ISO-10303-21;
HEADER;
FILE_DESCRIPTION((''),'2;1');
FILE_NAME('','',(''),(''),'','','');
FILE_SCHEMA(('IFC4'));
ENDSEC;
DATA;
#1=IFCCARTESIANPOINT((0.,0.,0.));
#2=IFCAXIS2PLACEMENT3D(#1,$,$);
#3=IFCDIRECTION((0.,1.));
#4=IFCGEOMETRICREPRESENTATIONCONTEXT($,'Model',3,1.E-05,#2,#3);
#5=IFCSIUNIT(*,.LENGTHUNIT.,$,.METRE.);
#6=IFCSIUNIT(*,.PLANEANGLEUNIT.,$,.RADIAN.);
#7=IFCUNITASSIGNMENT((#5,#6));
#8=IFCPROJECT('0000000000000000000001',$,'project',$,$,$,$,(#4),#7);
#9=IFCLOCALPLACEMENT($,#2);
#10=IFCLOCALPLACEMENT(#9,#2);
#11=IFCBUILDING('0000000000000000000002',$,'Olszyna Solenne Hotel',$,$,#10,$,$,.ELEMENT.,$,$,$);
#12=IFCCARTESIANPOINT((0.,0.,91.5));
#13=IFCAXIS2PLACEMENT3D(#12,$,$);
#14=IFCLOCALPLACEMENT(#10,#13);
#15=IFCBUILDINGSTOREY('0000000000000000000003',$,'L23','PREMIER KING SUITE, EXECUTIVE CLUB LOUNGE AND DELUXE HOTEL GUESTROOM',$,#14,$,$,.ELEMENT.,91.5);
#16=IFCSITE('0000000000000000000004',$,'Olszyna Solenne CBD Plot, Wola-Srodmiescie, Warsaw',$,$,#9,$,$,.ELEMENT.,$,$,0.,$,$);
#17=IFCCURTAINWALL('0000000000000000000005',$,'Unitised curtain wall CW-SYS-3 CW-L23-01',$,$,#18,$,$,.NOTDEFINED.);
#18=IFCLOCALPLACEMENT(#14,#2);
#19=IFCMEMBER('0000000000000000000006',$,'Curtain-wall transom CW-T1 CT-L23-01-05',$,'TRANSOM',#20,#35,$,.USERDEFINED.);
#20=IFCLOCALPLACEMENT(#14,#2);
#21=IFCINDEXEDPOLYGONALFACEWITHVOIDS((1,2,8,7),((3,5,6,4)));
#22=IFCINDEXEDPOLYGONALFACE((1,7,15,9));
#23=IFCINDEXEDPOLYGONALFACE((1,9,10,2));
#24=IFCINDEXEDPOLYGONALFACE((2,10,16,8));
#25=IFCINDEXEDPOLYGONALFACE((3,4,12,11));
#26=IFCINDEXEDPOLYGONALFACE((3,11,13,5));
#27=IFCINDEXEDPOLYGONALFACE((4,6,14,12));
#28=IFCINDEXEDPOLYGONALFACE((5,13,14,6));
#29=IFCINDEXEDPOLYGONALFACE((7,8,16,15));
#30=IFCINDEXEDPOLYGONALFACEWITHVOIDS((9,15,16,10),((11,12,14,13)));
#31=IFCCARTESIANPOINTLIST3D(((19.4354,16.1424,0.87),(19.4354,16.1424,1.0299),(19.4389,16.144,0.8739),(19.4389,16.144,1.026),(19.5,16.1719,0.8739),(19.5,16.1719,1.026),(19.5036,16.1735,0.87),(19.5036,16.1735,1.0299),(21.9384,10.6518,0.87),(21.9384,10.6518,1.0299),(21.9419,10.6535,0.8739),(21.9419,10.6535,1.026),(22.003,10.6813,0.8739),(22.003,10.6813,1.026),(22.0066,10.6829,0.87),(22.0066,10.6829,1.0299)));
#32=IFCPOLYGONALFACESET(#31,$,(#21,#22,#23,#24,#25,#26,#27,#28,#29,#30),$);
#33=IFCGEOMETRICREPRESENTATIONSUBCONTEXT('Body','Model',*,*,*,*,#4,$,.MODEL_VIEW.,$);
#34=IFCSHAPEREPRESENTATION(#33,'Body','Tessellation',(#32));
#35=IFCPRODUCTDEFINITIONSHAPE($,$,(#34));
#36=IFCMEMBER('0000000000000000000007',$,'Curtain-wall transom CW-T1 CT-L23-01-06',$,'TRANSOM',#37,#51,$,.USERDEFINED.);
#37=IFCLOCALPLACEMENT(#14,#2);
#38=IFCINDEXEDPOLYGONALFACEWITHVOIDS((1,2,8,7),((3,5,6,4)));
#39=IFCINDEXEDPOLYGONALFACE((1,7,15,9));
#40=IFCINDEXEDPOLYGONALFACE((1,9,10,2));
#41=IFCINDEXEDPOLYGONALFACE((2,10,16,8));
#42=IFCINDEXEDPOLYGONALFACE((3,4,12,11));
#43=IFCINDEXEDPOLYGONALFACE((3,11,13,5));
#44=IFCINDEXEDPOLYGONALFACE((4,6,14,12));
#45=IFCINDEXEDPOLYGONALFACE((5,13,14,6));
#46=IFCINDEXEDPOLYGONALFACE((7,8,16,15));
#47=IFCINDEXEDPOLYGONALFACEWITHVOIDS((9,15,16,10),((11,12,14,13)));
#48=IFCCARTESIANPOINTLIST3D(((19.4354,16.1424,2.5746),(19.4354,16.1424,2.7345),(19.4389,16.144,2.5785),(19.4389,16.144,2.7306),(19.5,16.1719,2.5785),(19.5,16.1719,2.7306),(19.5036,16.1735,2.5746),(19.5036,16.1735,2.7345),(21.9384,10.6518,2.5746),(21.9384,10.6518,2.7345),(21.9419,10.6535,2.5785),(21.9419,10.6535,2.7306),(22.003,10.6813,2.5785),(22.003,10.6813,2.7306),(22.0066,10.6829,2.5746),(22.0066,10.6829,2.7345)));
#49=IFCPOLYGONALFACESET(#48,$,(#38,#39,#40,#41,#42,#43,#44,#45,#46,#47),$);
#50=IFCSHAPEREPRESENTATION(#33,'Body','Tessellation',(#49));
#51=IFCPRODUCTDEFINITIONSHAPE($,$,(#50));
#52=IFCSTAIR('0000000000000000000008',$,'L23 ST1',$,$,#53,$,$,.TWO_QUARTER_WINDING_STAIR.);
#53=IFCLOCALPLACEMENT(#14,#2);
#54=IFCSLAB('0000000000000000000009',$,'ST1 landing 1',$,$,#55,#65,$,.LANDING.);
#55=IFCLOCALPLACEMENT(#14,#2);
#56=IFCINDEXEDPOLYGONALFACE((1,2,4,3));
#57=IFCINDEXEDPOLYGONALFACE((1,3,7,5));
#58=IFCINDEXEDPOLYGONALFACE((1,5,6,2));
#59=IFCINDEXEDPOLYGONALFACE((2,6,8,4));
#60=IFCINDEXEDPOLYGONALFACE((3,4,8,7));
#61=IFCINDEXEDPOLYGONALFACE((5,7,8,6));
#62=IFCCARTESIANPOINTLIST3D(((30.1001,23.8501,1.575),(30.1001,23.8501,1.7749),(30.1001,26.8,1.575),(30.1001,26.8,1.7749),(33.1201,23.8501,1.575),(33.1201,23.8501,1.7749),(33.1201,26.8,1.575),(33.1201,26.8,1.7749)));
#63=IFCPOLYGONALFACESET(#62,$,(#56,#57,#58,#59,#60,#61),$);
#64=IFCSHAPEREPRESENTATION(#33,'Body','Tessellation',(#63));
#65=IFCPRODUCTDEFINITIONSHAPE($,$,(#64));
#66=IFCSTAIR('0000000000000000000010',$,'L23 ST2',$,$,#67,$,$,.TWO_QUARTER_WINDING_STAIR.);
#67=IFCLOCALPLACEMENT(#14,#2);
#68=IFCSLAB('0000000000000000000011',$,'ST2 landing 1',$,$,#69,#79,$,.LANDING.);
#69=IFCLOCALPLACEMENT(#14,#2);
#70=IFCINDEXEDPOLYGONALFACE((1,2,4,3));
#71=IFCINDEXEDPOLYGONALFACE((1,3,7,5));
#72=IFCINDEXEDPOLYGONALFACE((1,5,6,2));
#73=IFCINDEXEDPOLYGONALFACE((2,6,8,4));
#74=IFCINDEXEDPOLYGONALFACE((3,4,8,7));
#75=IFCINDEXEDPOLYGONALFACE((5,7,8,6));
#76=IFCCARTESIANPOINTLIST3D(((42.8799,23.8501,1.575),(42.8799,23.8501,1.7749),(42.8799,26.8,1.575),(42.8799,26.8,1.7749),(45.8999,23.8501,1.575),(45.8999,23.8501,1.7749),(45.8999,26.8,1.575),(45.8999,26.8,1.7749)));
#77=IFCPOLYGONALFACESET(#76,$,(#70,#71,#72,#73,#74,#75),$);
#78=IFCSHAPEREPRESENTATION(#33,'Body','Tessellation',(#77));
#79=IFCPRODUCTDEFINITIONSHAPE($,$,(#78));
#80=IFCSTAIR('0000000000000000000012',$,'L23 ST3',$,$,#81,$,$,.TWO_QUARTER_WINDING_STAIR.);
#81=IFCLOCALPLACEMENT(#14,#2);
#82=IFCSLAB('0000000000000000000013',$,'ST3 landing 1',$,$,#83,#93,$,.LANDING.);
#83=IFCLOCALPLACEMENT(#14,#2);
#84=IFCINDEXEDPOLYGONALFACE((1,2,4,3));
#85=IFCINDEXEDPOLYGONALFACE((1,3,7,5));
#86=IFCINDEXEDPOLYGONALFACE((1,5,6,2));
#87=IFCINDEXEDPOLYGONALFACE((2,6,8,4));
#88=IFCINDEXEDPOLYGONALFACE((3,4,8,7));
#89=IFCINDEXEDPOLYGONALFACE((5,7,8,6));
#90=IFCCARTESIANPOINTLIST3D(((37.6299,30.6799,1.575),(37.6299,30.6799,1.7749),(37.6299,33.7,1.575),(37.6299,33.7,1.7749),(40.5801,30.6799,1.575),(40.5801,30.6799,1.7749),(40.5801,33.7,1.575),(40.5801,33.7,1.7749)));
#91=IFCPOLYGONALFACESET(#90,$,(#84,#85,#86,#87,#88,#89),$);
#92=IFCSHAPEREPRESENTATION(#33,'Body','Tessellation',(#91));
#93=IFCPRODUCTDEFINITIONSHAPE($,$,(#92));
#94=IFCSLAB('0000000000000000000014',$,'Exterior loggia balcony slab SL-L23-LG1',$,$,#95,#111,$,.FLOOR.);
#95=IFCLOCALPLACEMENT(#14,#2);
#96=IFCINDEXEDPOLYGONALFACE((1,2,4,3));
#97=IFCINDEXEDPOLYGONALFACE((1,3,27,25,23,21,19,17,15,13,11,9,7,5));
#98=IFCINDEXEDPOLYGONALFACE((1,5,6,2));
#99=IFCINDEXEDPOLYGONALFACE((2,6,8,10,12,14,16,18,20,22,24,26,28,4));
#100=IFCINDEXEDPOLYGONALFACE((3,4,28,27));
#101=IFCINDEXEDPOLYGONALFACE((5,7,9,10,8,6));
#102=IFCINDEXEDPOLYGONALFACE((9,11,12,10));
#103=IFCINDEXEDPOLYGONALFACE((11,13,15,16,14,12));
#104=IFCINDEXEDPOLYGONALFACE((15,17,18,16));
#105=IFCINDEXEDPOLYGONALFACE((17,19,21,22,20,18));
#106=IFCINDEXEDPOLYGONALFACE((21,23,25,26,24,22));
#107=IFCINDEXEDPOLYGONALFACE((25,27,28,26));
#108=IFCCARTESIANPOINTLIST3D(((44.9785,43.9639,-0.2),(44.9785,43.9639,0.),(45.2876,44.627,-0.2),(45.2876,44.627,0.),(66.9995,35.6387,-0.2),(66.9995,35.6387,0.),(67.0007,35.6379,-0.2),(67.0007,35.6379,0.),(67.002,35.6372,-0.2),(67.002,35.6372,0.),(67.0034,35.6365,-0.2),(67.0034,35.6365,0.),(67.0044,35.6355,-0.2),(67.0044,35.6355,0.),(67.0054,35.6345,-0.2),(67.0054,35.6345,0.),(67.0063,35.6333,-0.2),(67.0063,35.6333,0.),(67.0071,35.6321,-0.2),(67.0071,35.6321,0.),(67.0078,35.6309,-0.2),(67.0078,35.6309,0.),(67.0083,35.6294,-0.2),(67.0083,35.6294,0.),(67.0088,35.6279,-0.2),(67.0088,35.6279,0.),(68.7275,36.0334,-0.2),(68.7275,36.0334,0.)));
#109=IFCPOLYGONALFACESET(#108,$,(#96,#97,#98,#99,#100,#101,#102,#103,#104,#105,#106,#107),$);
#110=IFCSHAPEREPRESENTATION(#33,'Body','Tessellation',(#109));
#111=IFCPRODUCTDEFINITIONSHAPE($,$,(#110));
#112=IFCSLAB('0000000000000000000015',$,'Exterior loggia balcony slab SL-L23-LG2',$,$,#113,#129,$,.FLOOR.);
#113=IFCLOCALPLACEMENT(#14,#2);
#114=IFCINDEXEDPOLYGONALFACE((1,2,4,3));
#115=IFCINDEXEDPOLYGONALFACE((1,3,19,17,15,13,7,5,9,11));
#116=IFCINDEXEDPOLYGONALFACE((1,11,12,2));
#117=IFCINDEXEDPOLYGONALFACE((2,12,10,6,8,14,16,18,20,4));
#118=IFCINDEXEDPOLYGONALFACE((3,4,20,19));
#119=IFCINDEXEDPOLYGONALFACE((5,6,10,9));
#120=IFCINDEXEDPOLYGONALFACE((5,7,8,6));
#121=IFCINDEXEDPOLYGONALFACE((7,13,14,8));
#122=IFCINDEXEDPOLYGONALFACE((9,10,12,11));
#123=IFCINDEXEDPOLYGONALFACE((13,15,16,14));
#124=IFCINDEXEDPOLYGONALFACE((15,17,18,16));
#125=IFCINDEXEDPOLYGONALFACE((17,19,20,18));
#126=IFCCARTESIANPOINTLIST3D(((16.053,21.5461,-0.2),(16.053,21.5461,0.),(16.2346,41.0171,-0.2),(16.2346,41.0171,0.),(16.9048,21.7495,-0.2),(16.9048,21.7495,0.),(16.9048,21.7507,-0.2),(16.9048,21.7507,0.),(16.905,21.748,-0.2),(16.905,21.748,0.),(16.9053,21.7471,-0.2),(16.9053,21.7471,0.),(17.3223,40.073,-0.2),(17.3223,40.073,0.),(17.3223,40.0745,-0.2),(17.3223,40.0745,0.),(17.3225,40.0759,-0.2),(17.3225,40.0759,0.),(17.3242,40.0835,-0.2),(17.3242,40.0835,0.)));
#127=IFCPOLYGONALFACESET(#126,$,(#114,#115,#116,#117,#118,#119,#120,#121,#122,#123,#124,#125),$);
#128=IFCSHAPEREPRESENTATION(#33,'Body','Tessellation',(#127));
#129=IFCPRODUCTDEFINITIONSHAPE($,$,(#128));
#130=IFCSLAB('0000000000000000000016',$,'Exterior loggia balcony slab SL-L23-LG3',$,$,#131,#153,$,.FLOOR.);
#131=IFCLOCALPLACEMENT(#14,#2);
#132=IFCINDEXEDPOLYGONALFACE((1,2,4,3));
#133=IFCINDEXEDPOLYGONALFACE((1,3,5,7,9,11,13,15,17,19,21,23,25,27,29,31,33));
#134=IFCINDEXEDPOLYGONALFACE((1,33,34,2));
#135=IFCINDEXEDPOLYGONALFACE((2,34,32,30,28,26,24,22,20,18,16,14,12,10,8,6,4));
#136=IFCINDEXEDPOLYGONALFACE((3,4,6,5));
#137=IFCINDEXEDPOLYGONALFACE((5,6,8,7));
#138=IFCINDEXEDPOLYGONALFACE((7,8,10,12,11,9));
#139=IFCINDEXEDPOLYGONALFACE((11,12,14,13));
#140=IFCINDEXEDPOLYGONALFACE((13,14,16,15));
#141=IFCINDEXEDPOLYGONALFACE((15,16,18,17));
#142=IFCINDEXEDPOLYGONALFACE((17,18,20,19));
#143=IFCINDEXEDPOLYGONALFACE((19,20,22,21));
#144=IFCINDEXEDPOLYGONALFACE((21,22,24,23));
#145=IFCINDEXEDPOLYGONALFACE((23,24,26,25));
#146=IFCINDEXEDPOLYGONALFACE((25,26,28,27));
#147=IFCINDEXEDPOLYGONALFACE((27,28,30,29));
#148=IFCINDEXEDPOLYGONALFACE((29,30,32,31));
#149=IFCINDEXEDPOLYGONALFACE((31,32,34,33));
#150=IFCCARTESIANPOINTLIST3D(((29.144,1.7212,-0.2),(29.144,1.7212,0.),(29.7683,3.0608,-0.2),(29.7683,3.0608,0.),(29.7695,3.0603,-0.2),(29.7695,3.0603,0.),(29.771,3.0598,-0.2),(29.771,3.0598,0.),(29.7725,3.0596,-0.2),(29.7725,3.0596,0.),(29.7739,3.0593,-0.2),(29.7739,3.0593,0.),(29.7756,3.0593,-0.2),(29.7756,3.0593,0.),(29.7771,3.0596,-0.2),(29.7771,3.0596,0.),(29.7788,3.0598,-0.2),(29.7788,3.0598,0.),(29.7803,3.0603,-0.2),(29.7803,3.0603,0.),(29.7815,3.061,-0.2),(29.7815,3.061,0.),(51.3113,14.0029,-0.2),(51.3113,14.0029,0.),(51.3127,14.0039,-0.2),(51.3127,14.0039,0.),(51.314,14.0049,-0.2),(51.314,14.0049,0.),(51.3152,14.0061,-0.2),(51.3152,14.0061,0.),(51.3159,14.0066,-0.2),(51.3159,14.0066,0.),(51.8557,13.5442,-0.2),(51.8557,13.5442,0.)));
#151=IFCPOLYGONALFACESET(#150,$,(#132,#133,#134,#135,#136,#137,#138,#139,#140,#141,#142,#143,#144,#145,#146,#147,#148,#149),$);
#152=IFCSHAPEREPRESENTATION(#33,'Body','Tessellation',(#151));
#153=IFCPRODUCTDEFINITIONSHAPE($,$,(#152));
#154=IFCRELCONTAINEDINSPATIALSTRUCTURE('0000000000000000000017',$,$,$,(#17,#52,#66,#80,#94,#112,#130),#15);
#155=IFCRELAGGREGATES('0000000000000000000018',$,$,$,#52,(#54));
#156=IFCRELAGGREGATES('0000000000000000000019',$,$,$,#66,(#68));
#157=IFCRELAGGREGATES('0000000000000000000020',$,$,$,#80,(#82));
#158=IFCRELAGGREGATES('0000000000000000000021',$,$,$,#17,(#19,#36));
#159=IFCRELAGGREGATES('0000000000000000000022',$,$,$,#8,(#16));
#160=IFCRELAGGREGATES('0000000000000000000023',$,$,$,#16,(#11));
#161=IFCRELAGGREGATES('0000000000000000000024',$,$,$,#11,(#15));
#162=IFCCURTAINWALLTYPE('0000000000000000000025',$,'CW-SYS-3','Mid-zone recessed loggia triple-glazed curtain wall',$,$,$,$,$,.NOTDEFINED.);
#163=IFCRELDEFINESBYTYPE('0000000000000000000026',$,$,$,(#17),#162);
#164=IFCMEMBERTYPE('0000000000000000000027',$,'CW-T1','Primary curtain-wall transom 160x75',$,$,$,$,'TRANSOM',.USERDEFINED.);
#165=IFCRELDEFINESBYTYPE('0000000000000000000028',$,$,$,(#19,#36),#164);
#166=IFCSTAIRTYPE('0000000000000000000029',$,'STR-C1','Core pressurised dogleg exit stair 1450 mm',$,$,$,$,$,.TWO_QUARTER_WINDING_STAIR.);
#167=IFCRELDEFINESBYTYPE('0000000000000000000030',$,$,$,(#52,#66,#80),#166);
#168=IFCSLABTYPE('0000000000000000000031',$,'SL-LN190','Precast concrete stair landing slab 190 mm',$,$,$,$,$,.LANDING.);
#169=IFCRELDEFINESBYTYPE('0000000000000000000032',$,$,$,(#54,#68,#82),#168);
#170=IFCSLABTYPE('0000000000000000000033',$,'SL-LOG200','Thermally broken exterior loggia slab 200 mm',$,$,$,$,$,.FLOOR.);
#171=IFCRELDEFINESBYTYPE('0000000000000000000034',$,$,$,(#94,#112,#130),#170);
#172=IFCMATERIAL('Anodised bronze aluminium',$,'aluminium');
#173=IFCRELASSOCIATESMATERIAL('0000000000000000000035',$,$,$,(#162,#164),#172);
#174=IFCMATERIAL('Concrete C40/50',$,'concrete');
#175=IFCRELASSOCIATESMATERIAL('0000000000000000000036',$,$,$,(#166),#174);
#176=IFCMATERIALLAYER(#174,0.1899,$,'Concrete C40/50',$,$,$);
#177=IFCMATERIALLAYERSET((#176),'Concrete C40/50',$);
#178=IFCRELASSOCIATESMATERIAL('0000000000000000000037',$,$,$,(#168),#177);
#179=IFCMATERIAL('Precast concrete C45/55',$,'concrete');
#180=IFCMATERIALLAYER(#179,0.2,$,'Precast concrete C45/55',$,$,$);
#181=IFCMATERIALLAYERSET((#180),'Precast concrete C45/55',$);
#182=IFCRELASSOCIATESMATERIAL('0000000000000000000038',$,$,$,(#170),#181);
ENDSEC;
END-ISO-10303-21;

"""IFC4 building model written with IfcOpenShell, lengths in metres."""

from ifc_helpers import new_model, si_unit, direction, frame, origin, origin_2d, place, context, subcontext, project, spatial, polyline, hollow_rectangle, outline, extrude, source, transform, mapped, material, layer, layer_set, material_profile, profile_set, type_object, element, aggregate, save


model = new_model("IFC4")

# Units and contexts
model_context = context("Model", 3, precision=1e-05, world=origin(), true_north=direction((0.0, 1.0)))
body_context = subcontext(model_context, "Body", "Model", "MODEL_VIEW")
ifc_project = project(units=[si_unit("LENGTHUNIT", "METRE"), si_unit("PLANEANGLEUNIT", "RADIAN")], contexts=[model_context])

# Site, building, storey
site_placement = place(None, origin())
site = spatial("IfcSite", under=ifc_project, at=site_placement, Name="Olszyna Solenne CBD Plot, Wola-Srodmiescie, Warsaw", CompositionType="ELEMENT", RefElevation=0.0)
building_placement = place(site_placement, origin())
building = spatial("IfcBuilding", under=site, at=building_placement, Name="Olszyna Solenne Hotel", CompositionType="ELEMENT")
storey_placement = place(building_placement, frame((0.0, 0.0, 91.5)))
storey = spatial("IfcBuildingStorey", under=building, at=storey_placement, Name="L23", Description="PREMIER KING SUITE, EXECUTIVE CLUB LOUNGE AND DELUXE HOTEL GUESTROOM", CompositionType="ELEMENT", Elevation=91.5)

# Curtain wall, members
ifc_material_1 = material(Name="Anodised bronze aluminium", Category="aluminium")
curtain_wall_type = type_object("IfcCurtainWallType", Name="CW-SYS-3", Description="Mid-zone recessed loggia triple-glazed curtain wall", PredefinedType="NOTDEFINED", material=ifc_material_1)
curtain_wall_placement = place(storey_placement, origin())
curtain_wall = element("IfcCurtainWall", 1, at=curtain_wall_placement, inside=storey, type_object=curtain_wall_type, Name="Unitised curtain wall CW-SYS-3 CW-L23-01", PredefinedType="NOTDEFINED")
ifc_material_profile_1 = material_profile(ifc_material_1, hollow_rectangle(XDim=0.075, YDim=0.1599, WallThickness=0.0039, at=origin_2d()), Name="TRAN 160x75x4", Category="load-bearing")
ifc_profile_set_1 = profile_set([ifc_material_profile_1], Name="Anodised bronze aluminium")
member_type_1 = type_object("IfcMemberType", Name="CW-T1", Description="Primary curtain-wall transom 160x75", ElementType="TRANSOM", PredefinedType="USERDEFINED", material=ifc_profile_set_1)
shared_shape_1 = source(origin(), body_context, "Body", "SweptSolid", [
    extrude(hollow_rectangle(XDim=0.075, YDim=0.1599, WallThickness=0.0039, at=origin_2d()), origin(), (0.0, 0.0, 1.0), 6.0342),
])
member_1_placement = place(storey_placement, frame((19.4695, 16.158, 0.95), z_axis=(0.4148, -0.909913, 0.0), x_axis=(0.909913, 0.4148, 0.0)))
member_1 = element("IfcMember", 2, at=member_1_placement, type_object=member_type_1, Name="Curtain-wall transom CW-T1 CT-L23-01-05", ObjectType="TRANSOM", PredefinedType="USERDEFINED", context=body_context, shape_type="MappedRepresentation", body=[
    mapped(shared_shape_1, transform((0.0, 0.0, 0.0), x_axis=(1.0, 0.0, 0.0), y_axis=(0.0, 1.0, 0.0), z_axis=(0.0, 0.0, 1.0), scale=1.0)),
])
member_2_placement = place(storey_placement, frame((19.4695, 16.158, 2.6545), z_axis=(0.4148, -0.909913, 0.0), x_axis=(0.909913, 0.4148, 0.0)))
member_2 = element("IfcMember", 3, at=member_2_placement, type_object=member_type_1, Name="Curtain-wall transom CW-T1 CT-L23-01-06", ObjectType="TRANSOM", PredefinedType="USERDEFINED", context=body_context, shape_type="MappedRepresentation", body=[
    mapped(shared_shape_1, transform((0.0, 0.0, 0.0), x_axis=(1.0, 0.0, 0.0), y_axis=(0.0, 1.0, 0.0), z_axis=(0.0, 0.0, 1.0), scale=1.0)),
])

# Stairs, slabs
ifc_material_2 = material(Name="Concrete C40/50", Category="concrete")
stair_type = type_object("IfcStairType", Name="STR-C1", Description="Core pressurised dogleg exit stair 1450 mm", PredefinedType="TWO_QUARTER_WINDING_STAIR", material=ifc_material_2)
stair_1_placement = place(storey_placement, origin())
stair_1 = element("IfcStair", 4, at=stair_1_placement, inside=storey, type_object=stair_type, Name="L23 ST1", PredefinedType="TWO_QUARTER_WINDING_STAIR")
ifc_layer_1 = layer(ifc_material_2, 0.1899, Name="Concrete C40/50")
ifc_layer_set_1 = layer_set([ifc_layer_1], Name="Concrete C40/50")
slab_type_1 = type_object("IfcSlabType", Name="SL-LN190", Description="Precast concrete stair landing slab 190 mm", PredefinedType="LANDING", material=ifc_layer_set_1)
slab_1_placement = place(storey_placement, frame((0.0, 0.0, 1.575)))
slab_1 = element("IfcSlab", 5, at=slab_1_placement, type_object=slab_type_1, Name="ST1 landing 1", PredefinedType="LANDING", context=body_context, shape_type="SweptSolid", body=[
    extrude(outline(polyline([(33.1201, 23.8501), (33.1201, 26.8), (30.1001, 26.8), (30.1001, 23.8501), (33.1201, 23.8501)])), origin(), (0.0, 0.0, 1.0), 0.2),
])
aggregate(stair_1, [slab_1])
stair_2_placement = place(storey_placement, origin())
stair_2 = element("IfcStair", 6, at=stair_2_placement, inside=storey, type_object=stair_type, Name="L23 ST2", PredefinedType="TWO_QUARTER_WINDING_STAIR")
slab_2_placement = place(storey_placement, frame((0.0, 0.0, 1.575)))
slab_2 = element("IfcSlab", 7, at=slab_2_placement, type_object=slab_type_1, Name="ST2 landing 1", PredefinedType="LANDING", context=body_context, shape_type="SweptSolid", body=[
    extrude(outline(polyline([(45.8999, 23.8501), (45.8999, 26.8), (42.8799, 26.8), (42.8799, 23.8501), (45.8999, 23.8501)])), origin(), (0.0, 0.0, 1.0), 0.2),
])
aggregate(stair_2, [slab_2])
stair_3_placement = place(storey_placement, origin())
stair_3 = element("IfcStair", 8, at=stair_3_placement, inside=storey, type_object=stair_type, Name="L23 ST3", PredefinedType="TWO_QUARTER_WINDING_STAIR")
slab_3_placement = place(storey_placement, frame((0.0, 0.0, 1.575)))
slab_3 = element("IfcSlab", 9, at=slab_3_placement, type_object=slab_type_1, Name="ST3 landing 1", PredefinedType="LANDING", context=body_context, shape_type="SweptSolid", body=[
    extrude(outline(polyline([(37.6299, 30.6799), (40.5801, 30.6799), (40.5801, 33.7), (37.6299, 33.7), (37.6299, 30.6799)])), origin(), (0.0, 0.0, 1.0), 0.2),
])
aggregate(stair_3, [slab_3])

# Slabs
ifc_material_3 = material(Name="Precast concrete C45/55", Category="concrete")
ifc_layer_2 = layer(ifc_material_3, 0.2, Name="Precast concrete C45/55")
ifc_layer_set_2 = layer_set([ifc_layer_2], Name="Precast concrete C45/55")
slab_type_2 = type_object("IfcSlabType", Name="SL-LOG200", Description="Thermally broken exterior loggia slab 200 mm", PredefinedType="FLOOR", material=ifc_layer_set_2)
slab_4_placement = place(storey_placement, frame((0.0, 0.0, -0.2)))
element("IfcSlab", 10, at=slab_4_placement, inside=storey, type_object=slab_type_2, Name="Exterior loggia balcony slab SL-L23-LG1", PredefinedType="FLOOR", context=body_context, shape_type="SweptSolid", body=[
    extrude(outline(polyline([(44.9785, 43.9639), (66.9995, 35.6387), (67.0007, 35.6379), (67.002, 35.6372), (67.0034, 35.6365), (67.0044, 35.6355), (67.0054, 35.6345), (67.0063, 35.6333), (67.0071, 35.6321), (67.0078, 35.6309), (67.0083, 35.6294), (67.0088, 35.6279), (68.7275, 36.0334), (45.2876, 44.627), (44.9785, 43.9639)])), origin(), (0.0, 0.0, 1.0), 0.2),
])
slab_5_placement = place(storey_placement, frame((0.0, 0.0, -0.2)))
element("IfcSlab", 11, at=slab_5_placement, inside=storey, type_object=slab_type_2, Name="Exterior loggia balcony slab SL-L23-LG2", PredefinedType="FLOOR", context=body_context, shape_type="SweptSolid", body=[
    extrude(outline(polyline([(16.9053, 21.7471), (16.905, 21.748), (16.9048, 21.7495), (16.9048, 21.7507), (17.3223, 40.073), (17.3223, 40.0745), (17.3225, 40.0759), (17.3242, 40.0835), (16.2346, 41.0171), (16.053, 21.5461), (16.9053, 21.7471)])), origin(), (0.0, 0.0, 1.0), 0.2),
])
slab_6_placement = place(storey_placement, frame((0.0, 0.0, -0.2)))
element("IfcSlab", 12, at=slab_6_placement, inside=storey, type_object=slab_type_2, Name="Exterior loggia balcony slab SL-L23-LG3", PredefinedType="FLOOR", context=body_context, shape_type="SweptSolid", body=[
    extrude(outline(polyline([(51.3159, 14.0066), (51.3152, 14.0061), (51.314, 14.0049), (51.3127, 14.0039), (51.3113, 14.0029), (29.7815, 3.061), (29.7803, 3.0603), (29.7788, 3.0598), (29.7771, 3.0596), (29.7756, 3.0593), (29.7739, 3.0593), (29.7725, 3.0596), (29.771, 3.0598), (29.7695, 3.0603), (29.7683, 3.0608), (29.144, 1.7212), (51.8557, 13.5442), (51.3159, 14.0066)])), origin(), (0.0, 0.0, 1.0), 0.2),
])

aggregate(curtain_wall, [member_1, member_2])

save(model, "model.ifc")
